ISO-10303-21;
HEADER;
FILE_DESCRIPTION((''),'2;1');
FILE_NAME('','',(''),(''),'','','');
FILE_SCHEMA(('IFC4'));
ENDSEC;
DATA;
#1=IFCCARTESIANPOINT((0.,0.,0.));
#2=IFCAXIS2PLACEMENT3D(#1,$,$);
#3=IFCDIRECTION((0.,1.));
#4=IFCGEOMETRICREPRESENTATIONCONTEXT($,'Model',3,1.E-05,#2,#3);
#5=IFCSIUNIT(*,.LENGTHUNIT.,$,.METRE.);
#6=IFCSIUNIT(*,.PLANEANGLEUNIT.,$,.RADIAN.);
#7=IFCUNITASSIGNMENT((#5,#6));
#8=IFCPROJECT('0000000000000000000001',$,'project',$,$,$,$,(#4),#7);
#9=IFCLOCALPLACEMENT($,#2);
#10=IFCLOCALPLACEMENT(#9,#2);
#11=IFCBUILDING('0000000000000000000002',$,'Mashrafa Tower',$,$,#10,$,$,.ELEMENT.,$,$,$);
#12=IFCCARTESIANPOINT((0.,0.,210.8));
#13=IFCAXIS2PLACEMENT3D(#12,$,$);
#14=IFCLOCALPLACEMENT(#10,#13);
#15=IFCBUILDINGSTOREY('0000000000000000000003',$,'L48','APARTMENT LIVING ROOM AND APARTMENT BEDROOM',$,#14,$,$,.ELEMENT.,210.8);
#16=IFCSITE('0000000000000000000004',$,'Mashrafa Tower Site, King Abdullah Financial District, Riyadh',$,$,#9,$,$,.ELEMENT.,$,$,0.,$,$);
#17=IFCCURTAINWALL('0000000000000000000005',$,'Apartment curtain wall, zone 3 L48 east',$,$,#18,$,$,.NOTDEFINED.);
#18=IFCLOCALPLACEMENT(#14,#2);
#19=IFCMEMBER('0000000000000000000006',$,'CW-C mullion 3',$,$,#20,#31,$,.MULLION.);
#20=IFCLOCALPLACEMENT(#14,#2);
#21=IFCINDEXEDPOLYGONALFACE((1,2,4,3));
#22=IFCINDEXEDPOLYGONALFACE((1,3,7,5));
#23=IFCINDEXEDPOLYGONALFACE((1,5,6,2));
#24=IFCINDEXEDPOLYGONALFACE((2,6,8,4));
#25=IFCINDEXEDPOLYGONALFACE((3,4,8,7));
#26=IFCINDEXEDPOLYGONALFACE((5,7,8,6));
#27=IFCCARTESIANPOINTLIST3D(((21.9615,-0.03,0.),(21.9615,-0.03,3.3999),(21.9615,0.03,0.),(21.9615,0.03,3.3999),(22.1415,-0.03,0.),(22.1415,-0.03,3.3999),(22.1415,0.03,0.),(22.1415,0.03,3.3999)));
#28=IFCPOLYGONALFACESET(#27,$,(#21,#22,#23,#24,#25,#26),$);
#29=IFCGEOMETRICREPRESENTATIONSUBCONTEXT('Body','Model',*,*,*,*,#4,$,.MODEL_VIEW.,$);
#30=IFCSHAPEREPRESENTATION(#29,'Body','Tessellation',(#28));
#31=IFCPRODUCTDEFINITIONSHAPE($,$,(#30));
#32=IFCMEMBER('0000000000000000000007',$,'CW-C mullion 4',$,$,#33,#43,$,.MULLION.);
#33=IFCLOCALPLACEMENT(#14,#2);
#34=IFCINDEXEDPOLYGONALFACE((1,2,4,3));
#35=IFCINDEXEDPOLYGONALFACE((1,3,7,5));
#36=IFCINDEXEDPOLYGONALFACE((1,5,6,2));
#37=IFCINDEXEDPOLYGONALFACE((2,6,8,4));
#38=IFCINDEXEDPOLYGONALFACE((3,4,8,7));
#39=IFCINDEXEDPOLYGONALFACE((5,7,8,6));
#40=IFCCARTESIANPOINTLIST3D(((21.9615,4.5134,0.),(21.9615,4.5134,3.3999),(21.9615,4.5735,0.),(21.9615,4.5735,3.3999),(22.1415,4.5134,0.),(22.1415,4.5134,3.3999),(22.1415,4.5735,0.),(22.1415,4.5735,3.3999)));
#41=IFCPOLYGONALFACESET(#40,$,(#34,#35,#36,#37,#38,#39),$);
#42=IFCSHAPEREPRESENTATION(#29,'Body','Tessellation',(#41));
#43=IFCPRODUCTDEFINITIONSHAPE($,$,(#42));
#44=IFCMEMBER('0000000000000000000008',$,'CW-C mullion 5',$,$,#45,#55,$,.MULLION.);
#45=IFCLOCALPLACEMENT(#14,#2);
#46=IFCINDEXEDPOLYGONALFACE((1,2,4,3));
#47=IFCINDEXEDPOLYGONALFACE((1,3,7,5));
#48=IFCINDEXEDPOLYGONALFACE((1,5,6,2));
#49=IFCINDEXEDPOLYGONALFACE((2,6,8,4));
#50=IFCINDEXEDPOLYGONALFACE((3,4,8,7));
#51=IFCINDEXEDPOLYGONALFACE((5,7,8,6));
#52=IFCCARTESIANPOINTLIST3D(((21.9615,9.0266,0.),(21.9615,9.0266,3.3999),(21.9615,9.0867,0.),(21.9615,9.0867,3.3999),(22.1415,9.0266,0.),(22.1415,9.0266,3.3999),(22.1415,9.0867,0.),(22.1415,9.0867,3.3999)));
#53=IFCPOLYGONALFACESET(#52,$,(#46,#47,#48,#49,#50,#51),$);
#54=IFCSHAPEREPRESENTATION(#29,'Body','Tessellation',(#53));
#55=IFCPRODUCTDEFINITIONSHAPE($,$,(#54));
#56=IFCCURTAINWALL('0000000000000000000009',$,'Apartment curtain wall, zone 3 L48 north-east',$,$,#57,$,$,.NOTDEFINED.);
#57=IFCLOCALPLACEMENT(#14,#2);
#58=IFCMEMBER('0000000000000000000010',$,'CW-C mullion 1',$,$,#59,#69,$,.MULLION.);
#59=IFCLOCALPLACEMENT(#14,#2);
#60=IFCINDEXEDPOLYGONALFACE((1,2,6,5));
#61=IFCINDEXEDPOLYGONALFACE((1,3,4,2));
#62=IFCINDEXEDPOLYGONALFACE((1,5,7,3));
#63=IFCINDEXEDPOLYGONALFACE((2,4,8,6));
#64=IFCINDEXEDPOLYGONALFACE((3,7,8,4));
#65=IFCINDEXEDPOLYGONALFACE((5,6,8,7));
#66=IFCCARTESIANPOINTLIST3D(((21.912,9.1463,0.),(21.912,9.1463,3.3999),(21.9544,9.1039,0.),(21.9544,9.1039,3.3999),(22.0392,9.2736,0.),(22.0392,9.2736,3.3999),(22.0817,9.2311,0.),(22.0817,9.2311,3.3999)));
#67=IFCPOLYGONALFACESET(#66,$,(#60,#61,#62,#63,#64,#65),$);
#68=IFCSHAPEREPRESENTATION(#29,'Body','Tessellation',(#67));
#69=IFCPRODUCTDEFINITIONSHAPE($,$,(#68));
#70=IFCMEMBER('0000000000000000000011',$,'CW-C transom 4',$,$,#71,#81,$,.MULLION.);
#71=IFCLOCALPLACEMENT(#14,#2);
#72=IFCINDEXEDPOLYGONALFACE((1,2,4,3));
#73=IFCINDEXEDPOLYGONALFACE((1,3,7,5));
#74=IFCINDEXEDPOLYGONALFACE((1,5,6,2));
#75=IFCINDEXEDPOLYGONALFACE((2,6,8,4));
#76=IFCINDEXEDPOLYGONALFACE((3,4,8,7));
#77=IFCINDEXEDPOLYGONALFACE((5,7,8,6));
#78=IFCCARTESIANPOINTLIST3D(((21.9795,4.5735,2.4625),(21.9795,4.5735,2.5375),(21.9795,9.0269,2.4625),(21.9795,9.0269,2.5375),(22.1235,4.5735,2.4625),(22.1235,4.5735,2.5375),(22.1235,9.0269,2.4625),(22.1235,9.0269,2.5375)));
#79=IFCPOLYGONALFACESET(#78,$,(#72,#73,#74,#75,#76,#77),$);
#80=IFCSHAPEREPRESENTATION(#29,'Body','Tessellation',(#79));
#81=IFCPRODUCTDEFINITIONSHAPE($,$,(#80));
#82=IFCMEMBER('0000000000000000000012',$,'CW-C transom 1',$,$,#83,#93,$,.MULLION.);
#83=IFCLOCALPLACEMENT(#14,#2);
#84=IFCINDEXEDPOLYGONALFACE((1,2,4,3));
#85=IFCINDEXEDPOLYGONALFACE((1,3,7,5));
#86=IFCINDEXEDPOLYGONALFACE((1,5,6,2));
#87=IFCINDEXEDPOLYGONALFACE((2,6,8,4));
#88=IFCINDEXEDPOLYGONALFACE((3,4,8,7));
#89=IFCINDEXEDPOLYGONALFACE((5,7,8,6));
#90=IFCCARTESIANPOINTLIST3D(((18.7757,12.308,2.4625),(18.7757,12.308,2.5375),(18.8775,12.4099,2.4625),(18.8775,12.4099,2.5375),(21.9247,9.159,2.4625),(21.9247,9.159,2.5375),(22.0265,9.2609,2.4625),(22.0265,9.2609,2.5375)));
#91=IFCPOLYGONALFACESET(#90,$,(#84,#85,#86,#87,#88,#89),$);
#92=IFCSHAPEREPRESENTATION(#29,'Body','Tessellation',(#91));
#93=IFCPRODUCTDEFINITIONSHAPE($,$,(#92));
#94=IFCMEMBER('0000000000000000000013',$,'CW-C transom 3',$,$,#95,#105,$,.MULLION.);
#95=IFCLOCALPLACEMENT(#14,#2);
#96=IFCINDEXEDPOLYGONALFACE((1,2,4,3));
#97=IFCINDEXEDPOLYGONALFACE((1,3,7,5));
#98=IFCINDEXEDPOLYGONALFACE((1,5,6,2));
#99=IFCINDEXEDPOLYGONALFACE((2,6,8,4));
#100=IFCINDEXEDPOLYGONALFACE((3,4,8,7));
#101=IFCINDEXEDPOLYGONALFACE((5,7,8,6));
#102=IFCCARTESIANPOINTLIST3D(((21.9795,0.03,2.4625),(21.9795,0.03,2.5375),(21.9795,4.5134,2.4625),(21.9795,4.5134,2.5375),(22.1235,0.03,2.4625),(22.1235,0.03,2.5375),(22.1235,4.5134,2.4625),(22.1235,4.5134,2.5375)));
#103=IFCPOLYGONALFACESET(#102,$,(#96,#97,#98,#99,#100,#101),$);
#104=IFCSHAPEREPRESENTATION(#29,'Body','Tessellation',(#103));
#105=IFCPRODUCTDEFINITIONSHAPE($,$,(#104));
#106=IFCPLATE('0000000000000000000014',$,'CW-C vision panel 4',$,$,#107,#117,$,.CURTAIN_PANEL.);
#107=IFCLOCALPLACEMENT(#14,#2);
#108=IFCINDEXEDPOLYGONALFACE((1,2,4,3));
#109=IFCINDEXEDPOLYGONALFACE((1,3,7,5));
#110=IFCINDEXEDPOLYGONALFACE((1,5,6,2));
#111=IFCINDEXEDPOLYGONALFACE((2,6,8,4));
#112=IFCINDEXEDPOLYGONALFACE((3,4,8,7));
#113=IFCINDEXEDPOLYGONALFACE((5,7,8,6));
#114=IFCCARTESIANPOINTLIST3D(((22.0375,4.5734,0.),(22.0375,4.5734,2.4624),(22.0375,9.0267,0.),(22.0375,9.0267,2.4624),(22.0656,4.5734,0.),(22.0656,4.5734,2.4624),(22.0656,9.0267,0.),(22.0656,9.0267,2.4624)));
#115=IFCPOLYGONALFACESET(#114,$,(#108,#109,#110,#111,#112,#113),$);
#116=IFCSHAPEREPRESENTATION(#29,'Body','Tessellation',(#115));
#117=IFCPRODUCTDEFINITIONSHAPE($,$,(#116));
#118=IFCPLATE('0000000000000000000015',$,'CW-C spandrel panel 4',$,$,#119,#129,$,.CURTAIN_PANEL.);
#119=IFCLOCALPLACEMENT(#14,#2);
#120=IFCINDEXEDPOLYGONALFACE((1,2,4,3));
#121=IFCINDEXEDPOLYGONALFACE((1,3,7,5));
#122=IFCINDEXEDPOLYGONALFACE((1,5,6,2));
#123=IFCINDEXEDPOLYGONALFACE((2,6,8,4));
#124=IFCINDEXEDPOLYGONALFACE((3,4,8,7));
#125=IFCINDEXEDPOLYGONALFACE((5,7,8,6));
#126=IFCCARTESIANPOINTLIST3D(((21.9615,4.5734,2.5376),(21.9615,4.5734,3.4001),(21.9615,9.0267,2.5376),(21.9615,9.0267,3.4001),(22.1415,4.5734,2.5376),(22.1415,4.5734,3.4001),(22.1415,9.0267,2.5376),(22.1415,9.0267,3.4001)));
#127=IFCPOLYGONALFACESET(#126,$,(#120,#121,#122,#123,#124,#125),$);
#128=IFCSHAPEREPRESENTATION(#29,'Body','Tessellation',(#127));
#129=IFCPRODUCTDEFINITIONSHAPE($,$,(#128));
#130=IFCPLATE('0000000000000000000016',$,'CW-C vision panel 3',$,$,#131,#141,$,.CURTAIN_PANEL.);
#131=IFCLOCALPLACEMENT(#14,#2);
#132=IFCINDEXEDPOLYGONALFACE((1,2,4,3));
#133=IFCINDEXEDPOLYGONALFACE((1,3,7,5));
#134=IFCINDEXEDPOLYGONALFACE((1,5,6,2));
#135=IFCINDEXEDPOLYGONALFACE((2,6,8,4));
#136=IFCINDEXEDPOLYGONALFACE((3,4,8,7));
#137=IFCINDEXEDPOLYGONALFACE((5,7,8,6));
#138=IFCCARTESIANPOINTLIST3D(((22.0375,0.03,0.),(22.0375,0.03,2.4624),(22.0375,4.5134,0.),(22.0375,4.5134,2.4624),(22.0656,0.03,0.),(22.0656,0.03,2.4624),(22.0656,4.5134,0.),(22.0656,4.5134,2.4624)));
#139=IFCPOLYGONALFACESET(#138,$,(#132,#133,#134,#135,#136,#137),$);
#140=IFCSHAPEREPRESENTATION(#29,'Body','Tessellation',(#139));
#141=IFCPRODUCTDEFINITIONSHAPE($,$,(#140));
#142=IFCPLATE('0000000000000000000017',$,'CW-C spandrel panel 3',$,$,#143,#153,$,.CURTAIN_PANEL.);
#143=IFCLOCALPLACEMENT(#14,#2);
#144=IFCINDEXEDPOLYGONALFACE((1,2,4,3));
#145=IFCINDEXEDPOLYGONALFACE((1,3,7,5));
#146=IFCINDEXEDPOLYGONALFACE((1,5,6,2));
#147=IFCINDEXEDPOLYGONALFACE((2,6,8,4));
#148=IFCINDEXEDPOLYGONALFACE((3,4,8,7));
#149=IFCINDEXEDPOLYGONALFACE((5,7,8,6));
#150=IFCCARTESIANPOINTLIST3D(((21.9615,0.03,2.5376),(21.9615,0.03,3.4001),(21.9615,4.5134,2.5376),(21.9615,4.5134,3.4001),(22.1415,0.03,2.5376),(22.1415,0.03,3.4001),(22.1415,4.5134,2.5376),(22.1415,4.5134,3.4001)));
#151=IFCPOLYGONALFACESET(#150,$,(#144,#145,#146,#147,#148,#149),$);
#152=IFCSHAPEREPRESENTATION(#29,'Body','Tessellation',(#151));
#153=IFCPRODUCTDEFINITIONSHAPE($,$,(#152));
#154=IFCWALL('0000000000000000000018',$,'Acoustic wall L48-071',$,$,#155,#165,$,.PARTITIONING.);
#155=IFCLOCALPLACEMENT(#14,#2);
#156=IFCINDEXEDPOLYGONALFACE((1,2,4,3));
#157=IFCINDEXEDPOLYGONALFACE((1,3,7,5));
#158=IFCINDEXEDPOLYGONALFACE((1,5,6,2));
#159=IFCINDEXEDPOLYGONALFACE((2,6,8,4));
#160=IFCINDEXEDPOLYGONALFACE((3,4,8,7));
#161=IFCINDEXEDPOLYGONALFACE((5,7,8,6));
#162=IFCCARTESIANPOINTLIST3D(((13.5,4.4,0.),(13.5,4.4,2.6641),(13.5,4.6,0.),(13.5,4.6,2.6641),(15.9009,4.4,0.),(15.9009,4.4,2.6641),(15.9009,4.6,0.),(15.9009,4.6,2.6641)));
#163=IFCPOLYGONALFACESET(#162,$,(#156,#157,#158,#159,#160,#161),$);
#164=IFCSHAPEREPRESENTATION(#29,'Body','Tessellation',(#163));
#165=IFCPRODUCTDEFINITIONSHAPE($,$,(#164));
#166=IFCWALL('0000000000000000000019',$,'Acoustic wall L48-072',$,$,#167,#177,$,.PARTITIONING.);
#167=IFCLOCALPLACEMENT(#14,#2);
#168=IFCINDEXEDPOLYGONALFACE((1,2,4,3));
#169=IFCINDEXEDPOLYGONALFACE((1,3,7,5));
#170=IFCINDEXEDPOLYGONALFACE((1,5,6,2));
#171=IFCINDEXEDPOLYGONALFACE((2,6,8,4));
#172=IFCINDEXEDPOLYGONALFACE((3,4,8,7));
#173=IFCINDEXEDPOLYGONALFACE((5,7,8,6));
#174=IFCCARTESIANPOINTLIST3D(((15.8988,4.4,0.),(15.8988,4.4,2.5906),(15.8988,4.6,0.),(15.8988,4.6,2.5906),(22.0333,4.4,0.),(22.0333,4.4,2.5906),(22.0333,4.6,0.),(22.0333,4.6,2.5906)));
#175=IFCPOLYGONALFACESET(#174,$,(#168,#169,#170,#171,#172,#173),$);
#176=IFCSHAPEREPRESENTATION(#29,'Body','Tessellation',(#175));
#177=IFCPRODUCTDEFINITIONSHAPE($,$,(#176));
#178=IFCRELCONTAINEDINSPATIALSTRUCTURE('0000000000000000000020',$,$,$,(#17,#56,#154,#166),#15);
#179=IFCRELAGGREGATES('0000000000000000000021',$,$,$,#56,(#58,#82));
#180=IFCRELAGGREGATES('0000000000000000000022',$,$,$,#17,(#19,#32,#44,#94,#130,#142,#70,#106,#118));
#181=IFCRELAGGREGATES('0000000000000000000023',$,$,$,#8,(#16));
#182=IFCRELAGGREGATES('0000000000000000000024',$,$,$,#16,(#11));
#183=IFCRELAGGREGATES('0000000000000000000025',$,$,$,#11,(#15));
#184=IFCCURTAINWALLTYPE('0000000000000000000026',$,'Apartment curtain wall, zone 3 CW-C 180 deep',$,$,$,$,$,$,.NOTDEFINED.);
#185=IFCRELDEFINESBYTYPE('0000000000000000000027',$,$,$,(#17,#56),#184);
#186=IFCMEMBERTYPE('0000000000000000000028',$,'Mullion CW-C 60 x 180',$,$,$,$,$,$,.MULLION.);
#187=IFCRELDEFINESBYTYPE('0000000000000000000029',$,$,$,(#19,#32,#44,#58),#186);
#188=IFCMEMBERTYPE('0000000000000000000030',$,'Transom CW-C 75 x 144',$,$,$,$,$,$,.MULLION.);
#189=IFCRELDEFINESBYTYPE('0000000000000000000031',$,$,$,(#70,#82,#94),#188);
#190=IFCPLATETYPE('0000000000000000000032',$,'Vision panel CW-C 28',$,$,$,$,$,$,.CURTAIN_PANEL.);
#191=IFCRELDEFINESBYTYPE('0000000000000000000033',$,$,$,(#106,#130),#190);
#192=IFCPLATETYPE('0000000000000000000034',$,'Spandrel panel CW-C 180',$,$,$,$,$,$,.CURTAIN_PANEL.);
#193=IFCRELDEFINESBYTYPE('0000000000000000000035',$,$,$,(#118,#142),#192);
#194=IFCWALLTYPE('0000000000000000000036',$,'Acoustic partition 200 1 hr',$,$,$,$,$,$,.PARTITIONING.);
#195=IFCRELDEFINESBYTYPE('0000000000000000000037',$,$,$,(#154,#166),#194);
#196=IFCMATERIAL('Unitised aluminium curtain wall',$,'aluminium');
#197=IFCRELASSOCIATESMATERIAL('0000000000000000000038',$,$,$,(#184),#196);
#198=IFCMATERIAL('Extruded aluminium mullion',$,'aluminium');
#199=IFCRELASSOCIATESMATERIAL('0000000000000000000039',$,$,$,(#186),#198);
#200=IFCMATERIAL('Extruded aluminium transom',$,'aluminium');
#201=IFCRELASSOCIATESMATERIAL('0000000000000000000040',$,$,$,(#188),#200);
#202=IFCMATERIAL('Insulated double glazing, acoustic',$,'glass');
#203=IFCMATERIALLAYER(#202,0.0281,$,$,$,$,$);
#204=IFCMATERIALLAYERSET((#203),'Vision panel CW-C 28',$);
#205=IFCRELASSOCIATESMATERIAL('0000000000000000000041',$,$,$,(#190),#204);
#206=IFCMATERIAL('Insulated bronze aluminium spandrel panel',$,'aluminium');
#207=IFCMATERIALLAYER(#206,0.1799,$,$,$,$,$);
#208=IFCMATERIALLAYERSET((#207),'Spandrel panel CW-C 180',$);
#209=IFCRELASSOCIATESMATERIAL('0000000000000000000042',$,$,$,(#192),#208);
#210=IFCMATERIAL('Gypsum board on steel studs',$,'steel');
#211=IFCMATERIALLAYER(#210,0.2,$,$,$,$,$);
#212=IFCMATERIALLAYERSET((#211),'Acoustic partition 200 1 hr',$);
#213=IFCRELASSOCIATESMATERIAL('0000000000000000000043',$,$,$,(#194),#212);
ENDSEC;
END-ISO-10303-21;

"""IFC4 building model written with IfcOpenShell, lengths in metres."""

from ifc_helpers import new_model, si_unit, direction, frame, frame_2d, origin, origin_2d, place, context, subcontext, project, spatial, rectangle, extrude, source, transform, mapped, material, layer, layer_set, material_profile, profile_set, type_object, type_shapes, element, aggregate, save


model = new_model("IFC4")

# Units and contexts
model_context = context("Model", 3, precision=1e-05, world=origin(), true_north=direction((0.0, 1.0)))
body_context = subcontext(model_context, "Body", "Model", "MODEL_VIEW")
ifc_project = project(units=[si_unit("LENGTHUNIT", "METRE"), si_unit("PLANEANGLEUNIT", "RADIAN")], contexts=[model_context])

# Site, building, storey
site_placement = place(None, origin())
site = spatial("IfcSite", under=ifc_project, at=site_placement, Name="Mashrafa Tower Site, King Abdullah Financial District, Riyadh", CompositionType="ELEMENT", RefElevation=0.0)
building_placement = place(site_placement, origin())
building = spatial("IfcBuilding", under=site, at=building_placement, Name="Mashrafa Tower", CompositionType="ELEMENT")
storey_placement = place(building_placement, frame((0.0, 0.0, 210.8)))
storey = spatial("IfcBuildingStorey", under=building, at=storey_placement, Name="L48", Description="APARTMENT LIVING ROOM AND APARTMENT BEDROOM", CompositionType="ELEMENT", Elevation=210.8)

# Curtain wall, members
ifc_material_1 = material(Name="Unitised aluminium curtain wall", Category="aluminium")
curtain_wall_type = type_object("IfcCurtainWallType", Name="Apartment curtain wall, zone 3 CW-C 180 deep", PredefinedType="NOTDEFINED", material=ifc_material_1)
curtain_wall_1_placement = place(storey_placement, origin())
curtain_wall_1 = element("IfcCurtainWall", 1, at=curtain_wall_1_placement, inside=storey, type_object=curtain_wall_type, Name="Apartment curtain wall, zone 3 L48 east", PredefinedType="NOTDEFINED")
ifc_material_2 = material(Name="Extruded aluminium mullion", Category="aluminium")
ifc_material_profile_1 = material_profile(ifc_material_2, rectangle(XDim=0.1799, YDim=0.0601, at=origin_2d()), Name="Mullion 60x180")
ifc_profile_set_1 = profile_set([ifc_material_profile_1], Name="Extruded aluminium mullion")
member_type_1 = type_object("IfcMemberType", Name="Mullion CW-C 60 x 180", PredefinedType="MULLION", material=ifc_profile_set_1)
shared_shape_1 = source(origin(), body_context, "Body", "SweptSolid", [
    extrude(rectangle(XDim=0.1799, YDim=0.0601, at=origin_2d()), origin(), (0.0, 0.0, 1.0), 3.3999),
])
type_shapes(member_type_1, [shared_shape_1])
member_1_placement = place(storey_placement, frame((22.0515, 0.0, 0.0), z_axis=(0.0, 0.0, 1.0), x_axis=(-1.0, 0.0, 0.0)))
member_1 = element("IfcMember", 2, at=member_1_placement, type_object=member_type_1, Name="CW-C mullion 3", PredefinedType="MULLION", context=body_context, shape_type="MappedRepresentation", body=[
    mapped(shared_shape_1, transform((0.0, 0.0, 0.0))),
])
member_2_placement = place(storey_placement, frame((22.0515, 4.5435, 0.0), z_axis=(0.0, 0.0, 1.0), x_axis=(-1.0, 0.0, 0.0)))
member_2 = element("IfcMember", 3, at=member_2_placement, type_object=member_type_1, Name="CW-C mullion 4", PredefinedType="MULLION", context=body_context, shape_type="MappedRepresentation", body=[
    mapped(shared_shape_1, transform((0.0, 0.0, 0.0))),
])
member_3_placement = place(storey_placement, frame((22.0515, 9.0566, 0.0), z_axis=(0.0, 0.0, 1.0), x_axis=(-1.0, 0.0, 0.0)))
member_3 = element("IfcMember", 4, at=member_3_placement, type_object=member_type_1, Name="CW-C mullion 5", PredefinedType="MULLION", context=body_context, shape_type="MappedRepresentation", body=[
    mapped(shared_shape_1, transform((0.0, 0.0, 0.0))),
])

# Curtain wall, member
curtain_wall_2_placement = place(storey_placement, origin())
curtain_wall_2 = element("IfcCurtainWall", 5, at=curtain_wall_2_placement, inside=storey, type_object=curtain_wall_type, Name="Apartment curtain wall, zone 3 L48 north-east", PredefinedType="NOTDEFINED")
member_4_placement = place(storey_placement, frame((21.9968, 9.1887, 0.0), z_axis=(0.0, 0.0, 1.0), x_axis=(-0.707107, -0.707107, 0.0)))
member_4 = element("IfcMember", 6, at=member_4_placement, type_object=member_type_1, Name="CW-C mullion 1", PredefinedType="MULLION", context=body_context, shape_type="MappedRepresentation", body=[
    mapped(shared_shape_1, transform((0.0, 0.0, 0.0))),
])

# Members
ifc_material_3 = material(Name="Extruded aluminium transom", Category="aluminium")
ifc_material_profile_2 = material_profile(ifc_material_3, rectangle(XDim=0.144, YDim=0.075, at=origin_2d()), Name="Transom 75x144")
ifc_profile_set_2 = profile_set([ifc_material_profile_2], Name="Extruded aluminium transom")
member_type_2 = type_object("IfcMemberType", Name="Transom CW-C 75 x 144", PredefinedType="MULLION", material=ifc_profile_set_2)
shared_shape_2 = source(origin(), body_context, "Body", "SweptSolid", [
    extrude(rectangle(XDim=0.144, YDim=0.075, at=origin_2d()), origin(), (0.0, 0.0, 1.0), 4.4534),
])
member_5_placement = place(storey_placement, frame((22.0515, 4.5735, 2.5), z_axis=(0.0, 1.0, 0.0), x_axis=(-1.0, 0.0, 0.0)))
member_5 = element("IfcMember", 7, at=member_5_placement, type_object=member_type_2, Name="CW-C transom 4", PredefinedType="MULLION", context=body_context, shape_type="MappedRepresentation", body=[
    mapped(shared_shape_2, transform((0.0, 0.0, 0.0))),
])
member_6_placement = place(storey_placement, frame((21.9756, 9.21, 2.5), z_axis=(-0.707107, 0.707107, 0.0), x_axis=(-0.707107, -0.707107, 0.0)))
member_6 = element("IfcMember", 8, at=member_6_placement, type_object=member_type_2, Name="CW-C transom 1", PredefinedType="MULLION", context=body_context, shape_type="MappedRepresentation", body=[
    mapped(shared_shape_2, transform((0.0, 0.0, 0.0))),
])
aggregate(curtain_wall_2, [member_4, member_6])
shared_shape_3 = source(origin(), body_context, "Body", "SweptSolid", [
    extrude(rectangle(XDim=0.144, YDim=0.075, at=origin_2d()), origin(), (0.0, 0.0, 1.0), 4.4834),
])
type_shapes(member_type_2, [shared_shape_2, shared_shape_3])
member_7_placement = place(storey_placement, frame((22.0515, 0.03, 2.5), z_axis=(0.0, 1.0, 0.0), x_axis=(-1.0, 0.0, 0.0)))
member_7 = element("IfcMember", 9, at=member_7_placement, type_object=member_type_2, Name="CW-C transom 3", PredefinedType="MULLION", context=body_context, shape_type="MappedRepresentation", body=[
    mapped(shared_shape_3, transform((0.0, 0.0, 0.0))),
])

# Plates
ifc_material_4 = material(Name="Insulated double glazing, acoustic", Category="glass")
ifc_layer_1 = layer(ifc_material_4, 0.0281)
ifc_layer_set_1 = layer_set([ifc_layer_1], Name="Vision panel CW-C 28")
plate_type_1 = type_object("IfcPlateType", Name="Vision panel CW-C 28", PredefinedType="CURTAIN_PANEL", material=ifc_layer_set_1)
shared_shape_4 = source(origin(), body_context, "Body", "SweptSolid", [
    extrude(rectangle(XDim=4.4534, YDim=0.0281, at=origin_2d()), origin(), (0.0, 0.0, 1.0), 2.4624),
])
plate_1_placement = place(storey_placement, frame((22.0515, 6.8, 0.0), z_axis=(0.0, 0.0, 1.0), x_axis=(0.0, 1.0, 0.0)))
plate_1 = element("IfcPlate", 10, at=plate_1_placement, type_object=plate_type_1, Name="CW-C vision panel 4", PredefinedType="CURTAIN_PANEL", context=body_context, shape_type="MappedRepresentation", body=[
    mapped(shared_shape_4, transform((0.0, 0.0, 0.0))),
])
ifc_material_5 = material(Name="Insulated bronze aluminium spandrel panel", Category="aluminium")
ifc_layer_2 = layer(ifc_material_5, 0.1799)
ifc_layer_set_2 = layer_set([ifc_layer_2], Name="Spandrel panel CW-C 180")
plate_type_2 = type_object("IfcPlateType", Name="Spandrel panel CW-C 180", PredefinedType="CURTAIN_PANEL", material=ifc_layer_set_2)
shared_shape_5 = source(origin(), body_context, "Body", "SweptSolid", [
    extrude(rectangle(XDim=4.4534, YDim=0.1799, at=origin_2d()), origin(), (0.0, 0.0, 1.0), 0.8625),
])
plate_2_placement = place(storey_placement, frame((22.0515, 6.8, 2.5376), z_axis=(0.0, 0.0, 1.0), x_axis=(0.0, 1.0, 0.0)))
plate_2 = element("IfcPlate", 11, at=plate_2_placement, type_object=plate_type_2, Name="CW-C spandrel panel 4", PredefinedType="CURTAIN_PANEL", context=body_context, shape_type="MappedRepresentation", body=[
    mapped(shared_shape_5, transform((0.0, 0.0, 0.0))),
])
shared_shape_6 = source(origin(), body_context, "Body", "SweptSolid", [
    extrude(rectangle(XDim=4.4834, YDim=0.0281, at=origin_2d()), origin(), (0.0, 0.0, 1.0), 2.4624),
])
type_shapes(plate_type_1, [shared_shape_4, shared_shape_6])
plate_3_placement = place(storey_placement, frame((22.0515, 2.2717, 0.0), z_axis=(0.0, 0.0, 1.0), x_axis=(0.0, 1.0, 0.0)))
plate_3 = element("IfcPlate", 12, at=plate_3_placement, type_object=plate_type_1, Name="CW-C vision panel 3", PredefinedType="CURTAIN_PANEL", context=body_context, shape_type="MappedRepresentation", body=[
    mapped(shared_shape_6, transform((0.0, 0.0, 0.0))),
])
shared_shape_7 = source(origin(), body_context, "Body", "SweptSolid", [
    extrude(rectangle(XDim=4.4834, YDim=0.1799, at=origin_2d()), origin(), (0.0, 0.0, 1.0), 0.8625),
])
type_shapes(plate_type_2, [shared_shape_5, shared_shape_7])
plate_4_placement = place(storey_placement, frame((22.0515, 2.2717, 2.5376), z_axis=(0.0, 0.0, 1.0), x_axis=(0.0, 1.0, 0.0)))
plate_4 = element("IfcPlate", 13, at=plate_4_placement, type_object=plate_type_2, Name="CW-C spandrel panel 3", PredefinedType="CURTAIN_PANEL", context=body_context, shape_type="MappedRepresentation", body=[
    mapped(shared_shape_7, transform((0.0, 0.0, 0.0))),
])
aggregate(curtain_wall_1, [member_1, member_2, member_3, member_7, plate_3, plate_4, member_5, plate_1, plate_2])

# Walls
ifc_material_6 = material(Name="Gypsum board on steel studs", Category="steel")
ifc_layer_3 = layer(ifc_material_6, 0.2)
ifc_layer_set_3 = layer_set([ifc_layer_3], Name="Acoustic partition 200 1 hr")
wall_type_1 = type_object("IfcWallType", Name="Acoustic partition 200 1 hr", PredefinedType="PARTITIONING", material=ifc_layer_set_3)
wall_1_placement = place(storey_placement, frame((15.9009, 4.5, 0.0), z_axis=(0.0, 0.0, 1.0), x_axis=(-1.0, 0.0, 0.0)))
element("IfcWall", 14, at=wall_1_placement, inside=storey, type_object=wall_type_1, Name="Acoustic wall L48-071", PredefinedType="PARTITIONING", context=body_context, shape_type="SweptSolid", body=[
    extrude(rectangle(XDim=2.4009, YDim=0.2, at=frame_2d((1.2004, 0.0))), origin(), (0.0, 0.0, 1.0), 2.6641),
])
wall_2_placement = place(storey_placement, frame((22.0334, 4.5, 0.0), z_axis=(0.0, 0.0, 1.0), x_axis=(-1.0, 0.0, 0.0)))
element("IfcWall", 15, at=wall_2_placement, inside=storey, type_object=wall_type_1, Name="Acoustic wall L48-072", PredefinedType="PARTITIONING", context=body_context, shape_type="SweptSolid", body=[
    extrude(rectangle(XDim=6.1345, YDim=0.2, at=frame_2d((3.0674, 0.0))), origin(), (0.0, 0.0, 1.0), 2.5906),
])

save(model, "model.ifc")
